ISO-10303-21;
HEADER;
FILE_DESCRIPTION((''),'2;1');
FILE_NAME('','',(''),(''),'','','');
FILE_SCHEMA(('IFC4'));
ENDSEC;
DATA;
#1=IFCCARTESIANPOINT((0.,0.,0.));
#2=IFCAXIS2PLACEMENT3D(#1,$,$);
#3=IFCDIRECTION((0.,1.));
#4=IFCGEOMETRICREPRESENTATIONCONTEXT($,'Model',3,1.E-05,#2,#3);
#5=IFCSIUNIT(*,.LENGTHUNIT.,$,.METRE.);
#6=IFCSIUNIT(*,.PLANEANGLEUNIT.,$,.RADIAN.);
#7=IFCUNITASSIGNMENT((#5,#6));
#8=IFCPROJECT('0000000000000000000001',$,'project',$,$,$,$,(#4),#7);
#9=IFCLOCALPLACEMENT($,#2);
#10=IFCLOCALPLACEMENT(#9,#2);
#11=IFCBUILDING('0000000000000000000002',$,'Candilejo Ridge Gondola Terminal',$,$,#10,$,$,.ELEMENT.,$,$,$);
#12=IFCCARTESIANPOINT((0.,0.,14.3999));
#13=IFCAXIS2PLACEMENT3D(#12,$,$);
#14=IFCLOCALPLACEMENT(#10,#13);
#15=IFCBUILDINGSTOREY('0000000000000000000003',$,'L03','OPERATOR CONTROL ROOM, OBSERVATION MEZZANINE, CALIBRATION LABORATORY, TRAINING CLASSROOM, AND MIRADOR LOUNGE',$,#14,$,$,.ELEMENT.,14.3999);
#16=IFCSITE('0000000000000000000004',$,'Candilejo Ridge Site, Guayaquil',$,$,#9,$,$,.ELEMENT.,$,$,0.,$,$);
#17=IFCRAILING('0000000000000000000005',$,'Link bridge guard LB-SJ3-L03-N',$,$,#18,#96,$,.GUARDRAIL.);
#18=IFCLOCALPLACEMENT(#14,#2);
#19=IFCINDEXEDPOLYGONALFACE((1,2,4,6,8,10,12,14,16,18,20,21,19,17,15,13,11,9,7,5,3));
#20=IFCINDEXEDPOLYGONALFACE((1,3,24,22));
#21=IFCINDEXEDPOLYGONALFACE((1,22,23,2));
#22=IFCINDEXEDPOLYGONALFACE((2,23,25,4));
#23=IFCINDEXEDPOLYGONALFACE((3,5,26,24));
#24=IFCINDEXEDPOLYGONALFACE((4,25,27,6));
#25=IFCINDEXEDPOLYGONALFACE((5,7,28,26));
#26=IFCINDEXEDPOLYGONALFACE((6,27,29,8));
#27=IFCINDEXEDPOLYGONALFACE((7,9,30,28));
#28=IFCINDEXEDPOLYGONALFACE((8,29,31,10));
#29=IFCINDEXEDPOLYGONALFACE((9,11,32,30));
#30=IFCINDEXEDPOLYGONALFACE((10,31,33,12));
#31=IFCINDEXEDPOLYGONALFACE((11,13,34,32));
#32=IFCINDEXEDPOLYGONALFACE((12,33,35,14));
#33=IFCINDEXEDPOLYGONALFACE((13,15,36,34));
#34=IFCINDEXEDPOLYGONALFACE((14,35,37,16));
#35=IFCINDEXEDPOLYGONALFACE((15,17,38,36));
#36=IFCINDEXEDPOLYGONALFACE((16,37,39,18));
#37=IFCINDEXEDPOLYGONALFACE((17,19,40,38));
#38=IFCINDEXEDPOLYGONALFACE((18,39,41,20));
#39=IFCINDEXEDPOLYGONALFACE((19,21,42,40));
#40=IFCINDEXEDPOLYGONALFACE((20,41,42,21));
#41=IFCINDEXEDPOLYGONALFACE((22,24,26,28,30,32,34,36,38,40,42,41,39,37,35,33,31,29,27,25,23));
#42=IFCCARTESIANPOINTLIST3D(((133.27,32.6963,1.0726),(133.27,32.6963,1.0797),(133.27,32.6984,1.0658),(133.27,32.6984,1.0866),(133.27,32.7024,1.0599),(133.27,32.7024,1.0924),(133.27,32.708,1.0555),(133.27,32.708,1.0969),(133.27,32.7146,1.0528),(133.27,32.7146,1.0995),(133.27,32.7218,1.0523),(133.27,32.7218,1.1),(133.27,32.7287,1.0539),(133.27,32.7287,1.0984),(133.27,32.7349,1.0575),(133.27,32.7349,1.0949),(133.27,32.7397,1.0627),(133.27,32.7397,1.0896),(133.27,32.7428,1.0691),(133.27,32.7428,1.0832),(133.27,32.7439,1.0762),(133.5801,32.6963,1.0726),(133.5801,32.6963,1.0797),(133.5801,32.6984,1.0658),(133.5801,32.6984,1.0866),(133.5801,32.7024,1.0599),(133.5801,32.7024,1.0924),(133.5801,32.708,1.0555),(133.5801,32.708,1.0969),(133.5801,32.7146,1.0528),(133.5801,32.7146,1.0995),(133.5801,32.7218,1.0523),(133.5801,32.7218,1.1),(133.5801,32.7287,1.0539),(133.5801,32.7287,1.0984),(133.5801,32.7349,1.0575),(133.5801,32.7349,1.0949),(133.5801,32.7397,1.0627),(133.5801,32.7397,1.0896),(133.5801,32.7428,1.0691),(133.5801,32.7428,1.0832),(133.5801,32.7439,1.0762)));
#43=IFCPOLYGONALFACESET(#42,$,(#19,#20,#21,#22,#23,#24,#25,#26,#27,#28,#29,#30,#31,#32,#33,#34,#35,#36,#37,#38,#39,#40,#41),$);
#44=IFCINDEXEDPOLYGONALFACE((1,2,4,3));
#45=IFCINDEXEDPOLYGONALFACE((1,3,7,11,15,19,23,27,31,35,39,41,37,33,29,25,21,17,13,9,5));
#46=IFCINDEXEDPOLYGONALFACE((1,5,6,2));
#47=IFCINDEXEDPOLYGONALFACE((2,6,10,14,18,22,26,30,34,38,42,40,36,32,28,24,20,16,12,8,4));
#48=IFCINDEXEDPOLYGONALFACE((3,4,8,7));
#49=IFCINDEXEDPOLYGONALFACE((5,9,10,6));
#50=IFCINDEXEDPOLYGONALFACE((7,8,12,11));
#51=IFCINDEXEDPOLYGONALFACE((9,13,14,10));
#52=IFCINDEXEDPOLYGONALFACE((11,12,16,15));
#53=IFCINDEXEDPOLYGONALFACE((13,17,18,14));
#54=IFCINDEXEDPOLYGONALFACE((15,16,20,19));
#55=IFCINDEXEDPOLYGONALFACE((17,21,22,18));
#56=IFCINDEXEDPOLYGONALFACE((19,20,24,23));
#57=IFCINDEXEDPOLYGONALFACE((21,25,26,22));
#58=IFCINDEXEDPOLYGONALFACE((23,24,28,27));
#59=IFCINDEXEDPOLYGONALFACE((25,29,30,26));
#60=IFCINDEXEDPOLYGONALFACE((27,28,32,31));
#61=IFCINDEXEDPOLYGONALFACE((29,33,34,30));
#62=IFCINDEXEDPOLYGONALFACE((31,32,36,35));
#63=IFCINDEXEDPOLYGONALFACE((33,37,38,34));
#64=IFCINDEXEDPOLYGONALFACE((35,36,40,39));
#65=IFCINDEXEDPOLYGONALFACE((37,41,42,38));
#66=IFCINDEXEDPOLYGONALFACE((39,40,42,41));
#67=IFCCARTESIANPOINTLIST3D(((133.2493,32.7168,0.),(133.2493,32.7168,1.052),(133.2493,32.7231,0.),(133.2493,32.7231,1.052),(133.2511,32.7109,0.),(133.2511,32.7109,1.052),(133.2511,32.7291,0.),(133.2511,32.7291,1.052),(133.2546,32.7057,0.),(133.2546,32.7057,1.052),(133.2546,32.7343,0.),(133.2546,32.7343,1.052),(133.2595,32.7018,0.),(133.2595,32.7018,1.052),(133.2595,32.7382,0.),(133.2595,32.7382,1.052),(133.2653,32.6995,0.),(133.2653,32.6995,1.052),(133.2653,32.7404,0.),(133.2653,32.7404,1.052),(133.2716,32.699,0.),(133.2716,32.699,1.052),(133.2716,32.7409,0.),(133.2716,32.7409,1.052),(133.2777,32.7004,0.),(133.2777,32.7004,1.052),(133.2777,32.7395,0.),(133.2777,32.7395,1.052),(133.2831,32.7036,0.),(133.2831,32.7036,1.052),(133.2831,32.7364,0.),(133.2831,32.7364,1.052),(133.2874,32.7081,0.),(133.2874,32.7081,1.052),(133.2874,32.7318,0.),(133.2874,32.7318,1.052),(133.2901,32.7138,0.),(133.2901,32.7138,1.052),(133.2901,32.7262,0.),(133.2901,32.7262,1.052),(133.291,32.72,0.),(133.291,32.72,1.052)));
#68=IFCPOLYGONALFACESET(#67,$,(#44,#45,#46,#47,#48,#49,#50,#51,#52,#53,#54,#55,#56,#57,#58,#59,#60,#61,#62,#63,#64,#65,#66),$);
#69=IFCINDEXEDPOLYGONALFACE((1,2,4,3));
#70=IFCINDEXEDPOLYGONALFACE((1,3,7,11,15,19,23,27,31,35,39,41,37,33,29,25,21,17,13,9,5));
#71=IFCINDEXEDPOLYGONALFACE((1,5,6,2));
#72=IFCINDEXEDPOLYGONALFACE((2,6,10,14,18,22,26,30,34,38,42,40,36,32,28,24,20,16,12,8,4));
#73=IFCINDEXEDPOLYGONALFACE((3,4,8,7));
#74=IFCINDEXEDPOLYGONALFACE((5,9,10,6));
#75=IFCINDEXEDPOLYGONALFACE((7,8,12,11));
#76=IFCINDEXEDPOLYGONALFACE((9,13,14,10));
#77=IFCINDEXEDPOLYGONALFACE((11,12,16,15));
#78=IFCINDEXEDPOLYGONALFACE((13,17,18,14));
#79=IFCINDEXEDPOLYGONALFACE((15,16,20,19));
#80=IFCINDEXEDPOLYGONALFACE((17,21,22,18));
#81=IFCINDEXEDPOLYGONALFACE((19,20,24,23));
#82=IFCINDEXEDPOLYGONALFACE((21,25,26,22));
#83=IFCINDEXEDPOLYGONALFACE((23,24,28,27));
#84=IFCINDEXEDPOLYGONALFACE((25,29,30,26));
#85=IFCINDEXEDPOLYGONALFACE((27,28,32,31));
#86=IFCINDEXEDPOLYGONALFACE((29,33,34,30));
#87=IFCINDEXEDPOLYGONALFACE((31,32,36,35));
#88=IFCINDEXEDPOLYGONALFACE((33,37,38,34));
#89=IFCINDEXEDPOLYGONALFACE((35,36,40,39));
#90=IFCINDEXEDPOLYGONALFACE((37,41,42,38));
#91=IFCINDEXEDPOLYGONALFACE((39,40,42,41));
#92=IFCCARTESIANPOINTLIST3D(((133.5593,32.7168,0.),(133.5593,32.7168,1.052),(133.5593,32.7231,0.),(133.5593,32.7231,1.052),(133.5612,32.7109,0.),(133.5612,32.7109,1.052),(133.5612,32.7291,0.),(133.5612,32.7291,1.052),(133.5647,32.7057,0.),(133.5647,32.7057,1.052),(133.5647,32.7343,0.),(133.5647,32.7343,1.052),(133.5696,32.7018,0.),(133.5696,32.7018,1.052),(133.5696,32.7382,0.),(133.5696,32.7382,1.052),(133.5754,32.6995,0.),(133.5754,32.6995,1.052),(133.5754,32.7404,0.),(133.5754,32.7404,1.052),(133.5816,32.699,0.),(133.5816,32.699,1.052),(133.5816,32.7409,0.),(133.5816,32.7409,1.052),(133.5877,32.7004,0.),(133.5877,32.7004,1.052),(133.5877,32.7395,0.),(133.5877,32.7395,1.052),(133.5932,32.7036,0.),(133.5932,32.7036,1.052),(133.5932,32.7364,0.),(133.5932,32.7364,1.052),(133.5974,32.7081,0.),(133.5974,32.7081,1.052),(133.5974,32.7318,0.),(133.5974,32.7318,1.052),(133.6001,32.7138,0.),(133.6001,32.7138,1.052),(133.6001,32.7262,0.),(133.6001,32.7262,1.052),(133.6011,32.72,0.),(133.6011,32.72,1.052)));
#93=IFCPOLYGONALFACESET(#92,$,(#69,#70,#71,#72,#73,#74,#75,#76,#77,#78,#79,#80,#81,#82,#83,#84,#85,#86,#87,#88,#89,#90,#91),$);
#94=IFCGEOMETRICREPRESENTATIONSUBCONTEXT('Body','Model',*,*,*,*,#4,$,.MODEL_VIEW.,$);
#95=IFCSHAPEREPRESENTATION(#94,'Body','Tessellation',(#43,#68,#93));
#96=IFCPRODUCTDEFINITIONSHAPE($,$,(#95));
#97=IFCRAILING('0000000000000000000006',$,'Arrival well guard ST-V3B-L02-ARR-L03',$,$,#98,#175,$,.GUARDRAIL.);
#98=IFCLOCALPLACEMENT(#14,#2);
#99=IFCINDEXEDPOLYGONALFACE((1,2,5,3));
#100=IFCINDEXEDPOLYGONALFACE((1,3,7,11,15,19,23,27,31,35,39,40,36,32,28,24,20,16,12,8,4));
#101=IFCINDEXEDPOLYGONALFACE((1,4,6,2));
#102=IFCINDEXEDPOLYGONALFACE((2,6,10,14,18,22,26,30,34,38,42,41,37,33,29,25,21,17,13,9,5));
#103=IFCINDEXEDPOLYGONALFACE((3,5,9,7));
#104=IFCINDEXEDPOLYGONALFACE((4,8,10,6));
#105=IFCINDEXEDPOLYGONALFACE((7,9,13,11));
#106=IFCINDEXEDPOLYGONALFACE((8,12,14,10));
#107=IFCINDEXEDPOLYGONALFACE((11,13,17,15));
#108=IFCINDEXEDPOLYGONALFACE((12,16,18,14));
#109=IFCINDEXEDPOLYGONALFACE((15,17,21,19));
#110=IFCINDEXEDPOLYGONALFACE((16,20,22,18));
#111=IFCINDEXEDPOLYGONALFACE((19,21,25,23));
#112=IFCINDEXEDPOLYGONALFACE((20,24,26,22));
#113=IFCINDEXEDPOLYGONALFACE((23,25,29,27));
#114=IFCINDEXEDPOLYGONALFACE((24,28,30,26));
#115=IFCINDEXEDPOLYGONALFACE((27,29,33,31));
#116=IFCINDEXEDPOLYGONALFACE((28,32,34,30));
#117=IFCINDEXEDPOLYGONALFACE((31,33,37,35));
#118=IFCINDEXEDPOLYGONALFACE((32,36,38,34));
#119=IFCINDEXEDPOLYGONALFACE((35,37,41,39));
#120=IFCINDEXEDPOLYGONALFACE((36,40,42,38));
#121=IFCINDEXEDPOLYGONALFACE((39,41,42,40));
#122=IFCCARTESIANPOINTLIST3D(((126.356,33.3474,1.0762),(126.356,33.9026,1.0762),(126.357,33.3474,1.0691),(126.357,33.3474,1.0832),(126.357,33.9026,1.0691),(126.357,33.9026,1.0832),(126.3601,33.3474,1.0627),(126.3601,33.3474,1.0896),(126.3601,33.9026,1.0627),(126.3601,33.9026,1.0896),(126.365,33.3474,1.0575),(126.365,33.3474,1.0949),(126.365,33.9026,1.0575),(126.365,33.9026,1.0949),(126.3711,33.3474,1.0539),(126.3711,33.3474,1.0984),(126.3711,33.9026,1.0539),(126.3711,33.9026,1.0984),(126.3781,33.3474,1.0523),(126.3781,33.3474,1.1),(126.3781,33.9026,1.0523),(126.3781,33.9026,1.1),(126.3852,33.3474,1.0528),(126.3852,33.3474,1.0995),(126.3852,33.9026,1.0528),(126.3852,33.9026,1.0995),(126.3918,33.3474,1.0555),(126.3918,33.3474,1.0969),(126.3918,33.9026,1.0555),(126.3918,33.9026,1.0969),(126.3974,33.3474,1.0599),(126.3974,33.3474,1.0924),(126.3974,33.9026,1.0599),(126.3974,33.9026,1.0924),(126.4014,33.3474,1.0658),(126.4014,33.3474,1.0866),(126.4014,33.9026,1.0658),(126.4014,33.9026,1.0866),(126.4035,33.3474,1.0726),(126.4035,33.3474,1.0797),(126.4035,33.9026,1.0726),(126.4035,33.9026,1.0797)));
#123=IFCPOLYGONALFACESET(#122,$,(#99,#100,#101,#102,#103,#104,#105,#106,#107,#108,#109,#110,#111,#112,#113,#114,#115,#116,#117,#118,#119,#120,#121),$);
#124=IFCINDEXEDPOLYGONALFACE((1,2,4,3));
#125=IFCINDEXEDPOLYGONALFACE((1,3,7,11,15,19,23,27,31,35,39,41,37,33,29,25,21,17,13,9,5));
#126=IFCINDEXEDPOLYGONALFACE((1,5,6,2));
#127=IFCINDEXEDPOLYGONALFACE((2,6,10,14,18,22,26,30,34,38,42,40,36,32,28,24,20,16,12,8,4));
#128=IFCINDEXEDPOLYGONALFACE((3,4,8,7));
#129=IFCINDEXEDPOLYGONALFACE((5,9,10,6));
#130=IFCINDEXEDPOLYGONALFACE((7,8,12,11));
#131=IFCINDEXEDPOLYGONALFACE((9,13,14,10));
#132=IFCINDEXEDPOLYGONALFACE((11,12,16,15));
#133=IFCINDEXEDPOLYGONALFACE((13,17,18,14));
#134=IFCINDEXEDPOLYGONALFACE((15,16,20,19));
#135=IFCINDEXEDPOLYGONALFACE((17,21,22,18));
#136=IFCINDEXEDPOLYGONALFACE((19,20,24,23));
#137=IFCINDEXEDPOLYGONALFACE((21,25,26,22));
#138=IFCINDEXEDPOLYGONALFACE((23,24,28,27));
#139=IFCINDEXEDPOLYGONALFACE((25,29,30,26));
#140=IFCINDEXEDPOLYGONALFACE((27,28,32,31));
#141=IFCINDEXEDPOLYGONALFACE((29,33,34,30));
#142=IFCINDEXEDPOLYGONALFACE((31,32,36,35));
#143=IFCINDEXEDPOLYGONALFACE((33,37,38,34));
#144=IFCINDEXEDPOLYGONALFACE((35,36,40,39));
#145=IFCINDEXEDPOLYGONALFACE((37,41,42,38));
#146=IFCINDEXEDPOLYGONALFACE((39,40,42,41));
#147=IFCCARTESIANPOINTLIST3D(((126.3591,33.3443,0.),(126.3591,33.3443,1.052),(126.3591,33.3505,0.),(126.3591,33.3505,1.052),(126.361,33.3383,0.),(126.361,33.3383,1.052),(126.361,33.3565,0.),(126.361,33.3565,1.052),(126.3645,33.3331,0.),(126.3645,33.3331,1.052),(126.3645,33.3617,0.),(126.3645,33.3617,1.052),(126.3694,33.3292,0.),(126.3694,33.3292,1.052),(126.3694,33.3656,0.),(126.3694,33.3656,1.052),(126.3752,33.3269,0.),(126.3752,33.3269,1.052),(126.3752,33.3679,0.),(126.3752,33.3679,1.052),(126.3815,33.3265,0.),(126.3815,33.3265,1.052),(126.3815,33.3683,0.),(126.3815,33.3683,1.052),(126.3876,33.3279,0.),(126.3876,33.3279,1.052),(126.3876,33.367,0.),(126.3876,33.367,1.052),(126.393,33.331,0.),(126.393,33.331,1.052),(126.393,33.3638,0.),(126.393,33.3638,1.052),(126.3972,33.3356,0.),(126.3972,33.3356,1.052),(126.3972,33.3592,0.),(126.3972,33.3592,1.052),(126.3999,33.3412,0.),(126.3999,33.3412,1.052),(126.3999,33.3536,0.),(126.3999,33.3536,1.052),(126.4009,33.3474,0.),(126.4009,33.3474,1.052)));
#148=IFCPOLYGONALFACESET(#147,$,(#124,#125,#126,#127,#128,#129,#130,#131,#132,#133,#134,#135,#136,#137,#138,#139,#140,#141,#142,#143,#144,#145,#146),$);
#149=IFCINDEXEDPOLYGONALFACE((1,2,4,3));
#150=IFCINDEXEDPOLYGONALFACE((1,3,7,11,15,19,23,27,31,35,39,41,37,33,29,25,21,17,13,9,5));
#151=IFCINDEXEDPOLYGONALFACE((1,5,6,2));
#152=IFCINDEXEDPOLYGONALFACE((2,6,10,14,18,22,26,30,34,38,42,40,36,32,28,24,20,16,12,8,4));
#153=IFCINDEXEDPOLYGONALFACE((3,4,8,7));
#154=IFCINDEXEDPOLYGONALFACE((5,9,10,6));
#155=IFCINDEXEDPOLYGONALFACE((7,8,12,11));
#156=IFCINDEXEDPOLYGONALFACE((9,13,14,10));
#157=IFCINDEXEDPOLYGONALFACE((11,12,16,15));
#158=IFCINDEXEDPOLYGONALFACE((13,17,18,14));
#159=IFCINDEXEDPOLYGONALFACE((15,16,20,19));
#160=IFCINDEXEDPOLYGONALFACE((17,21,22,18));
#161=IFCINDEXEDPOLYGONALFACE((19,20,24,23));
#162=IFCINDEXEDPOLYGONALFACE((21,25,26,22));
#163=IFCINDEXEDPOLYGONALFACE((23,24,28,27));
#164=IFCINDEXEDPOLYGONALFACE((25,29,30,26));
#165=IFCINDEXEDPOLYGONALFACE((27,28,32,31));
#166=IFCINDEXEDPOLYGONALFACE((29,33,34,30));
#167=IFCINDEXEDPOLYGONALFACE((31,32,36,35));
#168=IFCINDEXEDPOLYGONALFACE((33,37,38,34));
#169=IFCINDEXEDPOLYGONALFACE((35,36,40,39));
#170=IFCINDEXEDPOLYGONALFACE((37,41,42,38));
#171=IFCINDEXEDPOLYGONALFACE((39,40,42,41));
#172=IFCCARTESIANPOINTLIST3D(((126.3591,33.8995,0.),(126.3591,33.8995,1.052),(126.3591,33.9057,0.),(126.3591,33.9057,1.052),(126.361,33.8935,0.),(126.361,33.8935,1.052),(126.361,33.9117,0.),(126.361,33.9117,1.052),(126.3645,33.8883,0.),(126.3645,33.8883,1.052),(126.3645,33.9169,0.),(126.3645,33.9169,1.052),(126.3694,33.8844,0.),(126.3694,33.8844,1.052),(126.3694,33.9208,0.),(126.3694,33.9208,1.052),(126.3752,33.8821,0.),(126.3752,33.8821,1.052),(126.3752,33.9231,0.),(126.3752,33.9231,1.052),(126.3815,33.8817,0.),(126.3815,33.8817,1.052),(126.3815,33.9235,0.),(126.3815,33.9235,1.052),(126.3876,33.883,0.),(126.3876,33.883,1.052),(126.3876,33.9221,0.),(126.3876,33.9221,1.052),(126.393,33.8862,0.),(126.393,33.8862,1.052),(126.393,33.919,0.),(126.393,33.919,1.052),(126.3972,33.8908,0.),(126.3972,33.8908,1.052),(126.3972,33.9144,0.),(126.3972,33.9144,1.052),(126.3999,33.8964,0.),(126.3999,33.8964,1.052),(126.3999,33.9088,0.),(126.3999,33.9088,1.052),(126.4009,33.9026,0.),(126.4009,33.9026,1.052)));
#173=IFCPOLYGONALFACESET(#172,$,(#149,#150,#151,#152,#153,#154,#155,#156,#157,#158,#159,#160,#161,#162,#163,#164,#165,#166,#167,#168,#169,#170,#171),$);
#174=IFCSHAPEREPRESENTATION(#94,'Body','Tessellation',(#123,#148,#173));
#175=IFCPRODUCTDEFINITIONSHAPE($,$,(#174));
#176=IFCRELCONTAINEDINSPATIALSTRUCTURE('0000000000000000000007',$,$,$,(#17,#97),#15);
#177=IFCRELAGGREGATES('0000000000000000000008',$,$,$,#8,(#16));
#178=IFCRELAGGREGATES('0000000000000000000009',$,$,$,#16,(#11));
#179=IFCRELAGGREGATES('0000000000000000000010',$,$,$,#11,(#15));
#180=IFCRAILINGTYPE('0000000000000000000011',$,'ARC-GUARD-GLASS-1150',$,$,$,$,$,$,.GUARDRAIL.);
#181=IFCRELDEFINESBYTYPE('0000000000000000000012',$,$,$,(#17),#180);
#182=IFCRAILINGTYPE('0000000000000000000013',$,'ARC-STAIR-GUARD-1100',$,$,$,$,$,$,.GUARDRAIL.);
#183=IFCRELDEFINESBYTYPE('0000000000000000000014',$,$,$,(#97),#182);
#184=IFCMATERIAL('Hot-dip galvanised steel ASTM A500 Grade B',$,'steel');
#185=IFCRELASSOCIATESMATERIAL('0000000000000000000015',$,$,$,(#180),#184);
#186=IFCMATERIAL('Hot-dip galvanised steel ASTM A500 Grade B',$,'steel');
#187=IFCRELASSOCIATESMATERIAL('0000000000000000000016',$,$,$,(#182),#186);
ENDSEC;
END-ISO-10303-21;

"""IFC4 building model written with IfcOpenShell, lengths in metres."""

from ifc_helpers import new_model, si_unit, direction, frame, origin, origin_2d, place, context, subcontext, project, spatial, circle, extrude, material, type_object, element, save


model = new_model("IFC4")

# Units and contexts
model_context = context("Model", 3, precision=1e-05, world=origin(), true_north=direction((0.0, 1.0)))
body_context = subcontext(model_context, "Body", "Model", "MODEL_VIEW")
ifc_project = project(units=[si_unit("LENGTHUNIT", "METRE"), si_unit("PLANEANGLEUNIT", "RADIAN")], contexts=[model_context])

# Site, building, storey
site_placement = place(None, origin())
site = spatial("IfcSite", under=ifc_project, at=site_placement, Name="Candilejo Ridge Site, Guayaquil", CompositionType="ELEMENT", RefElevation=0.0)
building_placement = place(site_placement, origin())
building = spatial("IfcBuilding", under=site, at=building_placement, Name="Candilejo Ridge Gondola Terminal", CompositionType="ELEMENT")
storey_placement = place(building_placement, frame((0.0, 0.0, 14.3999)))
storey = spatial("IfcBuildingStorey", under=building, at=storey_placement, Name="L03", Description="OPERATOR CONTROL ROOM, OBSERVATION MEZZANINE, CALIBRATION LABORATORY, TRAINING CLASSROOM, AND MIRADOR LOUNGE", CompositionType="ELEMENT", Elevation=14.3999)

# Railings
ifc_material_1 = material(Name="Hot-dip galvanised steel ASTM A500 Grade B", Category="steel")
railing_type_1 = type_object("IfcRailingType", Name="ARC-GUARD-GLASS-1150", PredefinedType="GUARDRAIL", material=ifc_material_1)
for number, where, name in (
    (1, (133.27, 32.72, 0.0), "Link bridge guard LB-SJ3-L03-N"),
):
    element("IfcRailing", number, at=place(storey_placement, frame(where)), inside=storey, type_object=railing_type_1, Name=name, PredefinedType="GUARDRAIL", context=body_context, shape_type="SweptSolid", body=[
        extrude(circle(Radius=0.0239, at=origin_2d()), frame((0.0, 0.0, 1.0762), z_axis=(1.0, 0.0, 0.0), x_axis=(0.0, 1.0, 0.0)), (0.0, 0.0, 1.0), 0.3101),
        extrude(circle(Radius=0.021, at=origin_2d()), origin(), (0.0, 0.0, 1.0), 1.052),
        extrude(circle(Radius=0.021, at=origin_2d()), frame((0.3101, 0.0, 0.0)), (0.0, 0.0, 1.0), 1.052),
    ])
ifc_material_2 = material(Name="Hot-dip galvanised steel ASTM A500 Grade B", Category="steel")
railing_type_2 = type_object("IfcRailingType", Name="ARC-STAIR-GUARD-1100", PredefinedType="GUARDRAIL", material=ifc_material_2)
railing_1_placement = place(storey_placement, frame((126.3799, 33.3474, 0.0)))
element("IfcRailing", 2, at=railing_1_placement, inside=storey, type_object=railing_type_2, Name="Arrival well guard ST-V3B-L02-ARR-L03", PredefinedType="GUARDRAIL", context=body_context, shape_type="SweptSolid", body=[
    extrude(circle(Radius=0.0239, at=origin_2d()), frame((0.0, 0.0, 1.0762), z_axis=(0.0, 1.0, 0.0), x_axis=(-1.0, 0.0, 0.0)), (0.0, 0.0, 1.0), 0.5552),
    extrude(circle(Radius=0.021, at=origin_2d()), origin(), (0.0, 0.0, 1.0), 1.052),
    extrude(circle(Radius=0.021, at=origin_2d()), frame((0.0, 0.5552, 0.0)), (0.0, 0.0, 1.0), 1.052),
])

save(model, "model.ifc")
